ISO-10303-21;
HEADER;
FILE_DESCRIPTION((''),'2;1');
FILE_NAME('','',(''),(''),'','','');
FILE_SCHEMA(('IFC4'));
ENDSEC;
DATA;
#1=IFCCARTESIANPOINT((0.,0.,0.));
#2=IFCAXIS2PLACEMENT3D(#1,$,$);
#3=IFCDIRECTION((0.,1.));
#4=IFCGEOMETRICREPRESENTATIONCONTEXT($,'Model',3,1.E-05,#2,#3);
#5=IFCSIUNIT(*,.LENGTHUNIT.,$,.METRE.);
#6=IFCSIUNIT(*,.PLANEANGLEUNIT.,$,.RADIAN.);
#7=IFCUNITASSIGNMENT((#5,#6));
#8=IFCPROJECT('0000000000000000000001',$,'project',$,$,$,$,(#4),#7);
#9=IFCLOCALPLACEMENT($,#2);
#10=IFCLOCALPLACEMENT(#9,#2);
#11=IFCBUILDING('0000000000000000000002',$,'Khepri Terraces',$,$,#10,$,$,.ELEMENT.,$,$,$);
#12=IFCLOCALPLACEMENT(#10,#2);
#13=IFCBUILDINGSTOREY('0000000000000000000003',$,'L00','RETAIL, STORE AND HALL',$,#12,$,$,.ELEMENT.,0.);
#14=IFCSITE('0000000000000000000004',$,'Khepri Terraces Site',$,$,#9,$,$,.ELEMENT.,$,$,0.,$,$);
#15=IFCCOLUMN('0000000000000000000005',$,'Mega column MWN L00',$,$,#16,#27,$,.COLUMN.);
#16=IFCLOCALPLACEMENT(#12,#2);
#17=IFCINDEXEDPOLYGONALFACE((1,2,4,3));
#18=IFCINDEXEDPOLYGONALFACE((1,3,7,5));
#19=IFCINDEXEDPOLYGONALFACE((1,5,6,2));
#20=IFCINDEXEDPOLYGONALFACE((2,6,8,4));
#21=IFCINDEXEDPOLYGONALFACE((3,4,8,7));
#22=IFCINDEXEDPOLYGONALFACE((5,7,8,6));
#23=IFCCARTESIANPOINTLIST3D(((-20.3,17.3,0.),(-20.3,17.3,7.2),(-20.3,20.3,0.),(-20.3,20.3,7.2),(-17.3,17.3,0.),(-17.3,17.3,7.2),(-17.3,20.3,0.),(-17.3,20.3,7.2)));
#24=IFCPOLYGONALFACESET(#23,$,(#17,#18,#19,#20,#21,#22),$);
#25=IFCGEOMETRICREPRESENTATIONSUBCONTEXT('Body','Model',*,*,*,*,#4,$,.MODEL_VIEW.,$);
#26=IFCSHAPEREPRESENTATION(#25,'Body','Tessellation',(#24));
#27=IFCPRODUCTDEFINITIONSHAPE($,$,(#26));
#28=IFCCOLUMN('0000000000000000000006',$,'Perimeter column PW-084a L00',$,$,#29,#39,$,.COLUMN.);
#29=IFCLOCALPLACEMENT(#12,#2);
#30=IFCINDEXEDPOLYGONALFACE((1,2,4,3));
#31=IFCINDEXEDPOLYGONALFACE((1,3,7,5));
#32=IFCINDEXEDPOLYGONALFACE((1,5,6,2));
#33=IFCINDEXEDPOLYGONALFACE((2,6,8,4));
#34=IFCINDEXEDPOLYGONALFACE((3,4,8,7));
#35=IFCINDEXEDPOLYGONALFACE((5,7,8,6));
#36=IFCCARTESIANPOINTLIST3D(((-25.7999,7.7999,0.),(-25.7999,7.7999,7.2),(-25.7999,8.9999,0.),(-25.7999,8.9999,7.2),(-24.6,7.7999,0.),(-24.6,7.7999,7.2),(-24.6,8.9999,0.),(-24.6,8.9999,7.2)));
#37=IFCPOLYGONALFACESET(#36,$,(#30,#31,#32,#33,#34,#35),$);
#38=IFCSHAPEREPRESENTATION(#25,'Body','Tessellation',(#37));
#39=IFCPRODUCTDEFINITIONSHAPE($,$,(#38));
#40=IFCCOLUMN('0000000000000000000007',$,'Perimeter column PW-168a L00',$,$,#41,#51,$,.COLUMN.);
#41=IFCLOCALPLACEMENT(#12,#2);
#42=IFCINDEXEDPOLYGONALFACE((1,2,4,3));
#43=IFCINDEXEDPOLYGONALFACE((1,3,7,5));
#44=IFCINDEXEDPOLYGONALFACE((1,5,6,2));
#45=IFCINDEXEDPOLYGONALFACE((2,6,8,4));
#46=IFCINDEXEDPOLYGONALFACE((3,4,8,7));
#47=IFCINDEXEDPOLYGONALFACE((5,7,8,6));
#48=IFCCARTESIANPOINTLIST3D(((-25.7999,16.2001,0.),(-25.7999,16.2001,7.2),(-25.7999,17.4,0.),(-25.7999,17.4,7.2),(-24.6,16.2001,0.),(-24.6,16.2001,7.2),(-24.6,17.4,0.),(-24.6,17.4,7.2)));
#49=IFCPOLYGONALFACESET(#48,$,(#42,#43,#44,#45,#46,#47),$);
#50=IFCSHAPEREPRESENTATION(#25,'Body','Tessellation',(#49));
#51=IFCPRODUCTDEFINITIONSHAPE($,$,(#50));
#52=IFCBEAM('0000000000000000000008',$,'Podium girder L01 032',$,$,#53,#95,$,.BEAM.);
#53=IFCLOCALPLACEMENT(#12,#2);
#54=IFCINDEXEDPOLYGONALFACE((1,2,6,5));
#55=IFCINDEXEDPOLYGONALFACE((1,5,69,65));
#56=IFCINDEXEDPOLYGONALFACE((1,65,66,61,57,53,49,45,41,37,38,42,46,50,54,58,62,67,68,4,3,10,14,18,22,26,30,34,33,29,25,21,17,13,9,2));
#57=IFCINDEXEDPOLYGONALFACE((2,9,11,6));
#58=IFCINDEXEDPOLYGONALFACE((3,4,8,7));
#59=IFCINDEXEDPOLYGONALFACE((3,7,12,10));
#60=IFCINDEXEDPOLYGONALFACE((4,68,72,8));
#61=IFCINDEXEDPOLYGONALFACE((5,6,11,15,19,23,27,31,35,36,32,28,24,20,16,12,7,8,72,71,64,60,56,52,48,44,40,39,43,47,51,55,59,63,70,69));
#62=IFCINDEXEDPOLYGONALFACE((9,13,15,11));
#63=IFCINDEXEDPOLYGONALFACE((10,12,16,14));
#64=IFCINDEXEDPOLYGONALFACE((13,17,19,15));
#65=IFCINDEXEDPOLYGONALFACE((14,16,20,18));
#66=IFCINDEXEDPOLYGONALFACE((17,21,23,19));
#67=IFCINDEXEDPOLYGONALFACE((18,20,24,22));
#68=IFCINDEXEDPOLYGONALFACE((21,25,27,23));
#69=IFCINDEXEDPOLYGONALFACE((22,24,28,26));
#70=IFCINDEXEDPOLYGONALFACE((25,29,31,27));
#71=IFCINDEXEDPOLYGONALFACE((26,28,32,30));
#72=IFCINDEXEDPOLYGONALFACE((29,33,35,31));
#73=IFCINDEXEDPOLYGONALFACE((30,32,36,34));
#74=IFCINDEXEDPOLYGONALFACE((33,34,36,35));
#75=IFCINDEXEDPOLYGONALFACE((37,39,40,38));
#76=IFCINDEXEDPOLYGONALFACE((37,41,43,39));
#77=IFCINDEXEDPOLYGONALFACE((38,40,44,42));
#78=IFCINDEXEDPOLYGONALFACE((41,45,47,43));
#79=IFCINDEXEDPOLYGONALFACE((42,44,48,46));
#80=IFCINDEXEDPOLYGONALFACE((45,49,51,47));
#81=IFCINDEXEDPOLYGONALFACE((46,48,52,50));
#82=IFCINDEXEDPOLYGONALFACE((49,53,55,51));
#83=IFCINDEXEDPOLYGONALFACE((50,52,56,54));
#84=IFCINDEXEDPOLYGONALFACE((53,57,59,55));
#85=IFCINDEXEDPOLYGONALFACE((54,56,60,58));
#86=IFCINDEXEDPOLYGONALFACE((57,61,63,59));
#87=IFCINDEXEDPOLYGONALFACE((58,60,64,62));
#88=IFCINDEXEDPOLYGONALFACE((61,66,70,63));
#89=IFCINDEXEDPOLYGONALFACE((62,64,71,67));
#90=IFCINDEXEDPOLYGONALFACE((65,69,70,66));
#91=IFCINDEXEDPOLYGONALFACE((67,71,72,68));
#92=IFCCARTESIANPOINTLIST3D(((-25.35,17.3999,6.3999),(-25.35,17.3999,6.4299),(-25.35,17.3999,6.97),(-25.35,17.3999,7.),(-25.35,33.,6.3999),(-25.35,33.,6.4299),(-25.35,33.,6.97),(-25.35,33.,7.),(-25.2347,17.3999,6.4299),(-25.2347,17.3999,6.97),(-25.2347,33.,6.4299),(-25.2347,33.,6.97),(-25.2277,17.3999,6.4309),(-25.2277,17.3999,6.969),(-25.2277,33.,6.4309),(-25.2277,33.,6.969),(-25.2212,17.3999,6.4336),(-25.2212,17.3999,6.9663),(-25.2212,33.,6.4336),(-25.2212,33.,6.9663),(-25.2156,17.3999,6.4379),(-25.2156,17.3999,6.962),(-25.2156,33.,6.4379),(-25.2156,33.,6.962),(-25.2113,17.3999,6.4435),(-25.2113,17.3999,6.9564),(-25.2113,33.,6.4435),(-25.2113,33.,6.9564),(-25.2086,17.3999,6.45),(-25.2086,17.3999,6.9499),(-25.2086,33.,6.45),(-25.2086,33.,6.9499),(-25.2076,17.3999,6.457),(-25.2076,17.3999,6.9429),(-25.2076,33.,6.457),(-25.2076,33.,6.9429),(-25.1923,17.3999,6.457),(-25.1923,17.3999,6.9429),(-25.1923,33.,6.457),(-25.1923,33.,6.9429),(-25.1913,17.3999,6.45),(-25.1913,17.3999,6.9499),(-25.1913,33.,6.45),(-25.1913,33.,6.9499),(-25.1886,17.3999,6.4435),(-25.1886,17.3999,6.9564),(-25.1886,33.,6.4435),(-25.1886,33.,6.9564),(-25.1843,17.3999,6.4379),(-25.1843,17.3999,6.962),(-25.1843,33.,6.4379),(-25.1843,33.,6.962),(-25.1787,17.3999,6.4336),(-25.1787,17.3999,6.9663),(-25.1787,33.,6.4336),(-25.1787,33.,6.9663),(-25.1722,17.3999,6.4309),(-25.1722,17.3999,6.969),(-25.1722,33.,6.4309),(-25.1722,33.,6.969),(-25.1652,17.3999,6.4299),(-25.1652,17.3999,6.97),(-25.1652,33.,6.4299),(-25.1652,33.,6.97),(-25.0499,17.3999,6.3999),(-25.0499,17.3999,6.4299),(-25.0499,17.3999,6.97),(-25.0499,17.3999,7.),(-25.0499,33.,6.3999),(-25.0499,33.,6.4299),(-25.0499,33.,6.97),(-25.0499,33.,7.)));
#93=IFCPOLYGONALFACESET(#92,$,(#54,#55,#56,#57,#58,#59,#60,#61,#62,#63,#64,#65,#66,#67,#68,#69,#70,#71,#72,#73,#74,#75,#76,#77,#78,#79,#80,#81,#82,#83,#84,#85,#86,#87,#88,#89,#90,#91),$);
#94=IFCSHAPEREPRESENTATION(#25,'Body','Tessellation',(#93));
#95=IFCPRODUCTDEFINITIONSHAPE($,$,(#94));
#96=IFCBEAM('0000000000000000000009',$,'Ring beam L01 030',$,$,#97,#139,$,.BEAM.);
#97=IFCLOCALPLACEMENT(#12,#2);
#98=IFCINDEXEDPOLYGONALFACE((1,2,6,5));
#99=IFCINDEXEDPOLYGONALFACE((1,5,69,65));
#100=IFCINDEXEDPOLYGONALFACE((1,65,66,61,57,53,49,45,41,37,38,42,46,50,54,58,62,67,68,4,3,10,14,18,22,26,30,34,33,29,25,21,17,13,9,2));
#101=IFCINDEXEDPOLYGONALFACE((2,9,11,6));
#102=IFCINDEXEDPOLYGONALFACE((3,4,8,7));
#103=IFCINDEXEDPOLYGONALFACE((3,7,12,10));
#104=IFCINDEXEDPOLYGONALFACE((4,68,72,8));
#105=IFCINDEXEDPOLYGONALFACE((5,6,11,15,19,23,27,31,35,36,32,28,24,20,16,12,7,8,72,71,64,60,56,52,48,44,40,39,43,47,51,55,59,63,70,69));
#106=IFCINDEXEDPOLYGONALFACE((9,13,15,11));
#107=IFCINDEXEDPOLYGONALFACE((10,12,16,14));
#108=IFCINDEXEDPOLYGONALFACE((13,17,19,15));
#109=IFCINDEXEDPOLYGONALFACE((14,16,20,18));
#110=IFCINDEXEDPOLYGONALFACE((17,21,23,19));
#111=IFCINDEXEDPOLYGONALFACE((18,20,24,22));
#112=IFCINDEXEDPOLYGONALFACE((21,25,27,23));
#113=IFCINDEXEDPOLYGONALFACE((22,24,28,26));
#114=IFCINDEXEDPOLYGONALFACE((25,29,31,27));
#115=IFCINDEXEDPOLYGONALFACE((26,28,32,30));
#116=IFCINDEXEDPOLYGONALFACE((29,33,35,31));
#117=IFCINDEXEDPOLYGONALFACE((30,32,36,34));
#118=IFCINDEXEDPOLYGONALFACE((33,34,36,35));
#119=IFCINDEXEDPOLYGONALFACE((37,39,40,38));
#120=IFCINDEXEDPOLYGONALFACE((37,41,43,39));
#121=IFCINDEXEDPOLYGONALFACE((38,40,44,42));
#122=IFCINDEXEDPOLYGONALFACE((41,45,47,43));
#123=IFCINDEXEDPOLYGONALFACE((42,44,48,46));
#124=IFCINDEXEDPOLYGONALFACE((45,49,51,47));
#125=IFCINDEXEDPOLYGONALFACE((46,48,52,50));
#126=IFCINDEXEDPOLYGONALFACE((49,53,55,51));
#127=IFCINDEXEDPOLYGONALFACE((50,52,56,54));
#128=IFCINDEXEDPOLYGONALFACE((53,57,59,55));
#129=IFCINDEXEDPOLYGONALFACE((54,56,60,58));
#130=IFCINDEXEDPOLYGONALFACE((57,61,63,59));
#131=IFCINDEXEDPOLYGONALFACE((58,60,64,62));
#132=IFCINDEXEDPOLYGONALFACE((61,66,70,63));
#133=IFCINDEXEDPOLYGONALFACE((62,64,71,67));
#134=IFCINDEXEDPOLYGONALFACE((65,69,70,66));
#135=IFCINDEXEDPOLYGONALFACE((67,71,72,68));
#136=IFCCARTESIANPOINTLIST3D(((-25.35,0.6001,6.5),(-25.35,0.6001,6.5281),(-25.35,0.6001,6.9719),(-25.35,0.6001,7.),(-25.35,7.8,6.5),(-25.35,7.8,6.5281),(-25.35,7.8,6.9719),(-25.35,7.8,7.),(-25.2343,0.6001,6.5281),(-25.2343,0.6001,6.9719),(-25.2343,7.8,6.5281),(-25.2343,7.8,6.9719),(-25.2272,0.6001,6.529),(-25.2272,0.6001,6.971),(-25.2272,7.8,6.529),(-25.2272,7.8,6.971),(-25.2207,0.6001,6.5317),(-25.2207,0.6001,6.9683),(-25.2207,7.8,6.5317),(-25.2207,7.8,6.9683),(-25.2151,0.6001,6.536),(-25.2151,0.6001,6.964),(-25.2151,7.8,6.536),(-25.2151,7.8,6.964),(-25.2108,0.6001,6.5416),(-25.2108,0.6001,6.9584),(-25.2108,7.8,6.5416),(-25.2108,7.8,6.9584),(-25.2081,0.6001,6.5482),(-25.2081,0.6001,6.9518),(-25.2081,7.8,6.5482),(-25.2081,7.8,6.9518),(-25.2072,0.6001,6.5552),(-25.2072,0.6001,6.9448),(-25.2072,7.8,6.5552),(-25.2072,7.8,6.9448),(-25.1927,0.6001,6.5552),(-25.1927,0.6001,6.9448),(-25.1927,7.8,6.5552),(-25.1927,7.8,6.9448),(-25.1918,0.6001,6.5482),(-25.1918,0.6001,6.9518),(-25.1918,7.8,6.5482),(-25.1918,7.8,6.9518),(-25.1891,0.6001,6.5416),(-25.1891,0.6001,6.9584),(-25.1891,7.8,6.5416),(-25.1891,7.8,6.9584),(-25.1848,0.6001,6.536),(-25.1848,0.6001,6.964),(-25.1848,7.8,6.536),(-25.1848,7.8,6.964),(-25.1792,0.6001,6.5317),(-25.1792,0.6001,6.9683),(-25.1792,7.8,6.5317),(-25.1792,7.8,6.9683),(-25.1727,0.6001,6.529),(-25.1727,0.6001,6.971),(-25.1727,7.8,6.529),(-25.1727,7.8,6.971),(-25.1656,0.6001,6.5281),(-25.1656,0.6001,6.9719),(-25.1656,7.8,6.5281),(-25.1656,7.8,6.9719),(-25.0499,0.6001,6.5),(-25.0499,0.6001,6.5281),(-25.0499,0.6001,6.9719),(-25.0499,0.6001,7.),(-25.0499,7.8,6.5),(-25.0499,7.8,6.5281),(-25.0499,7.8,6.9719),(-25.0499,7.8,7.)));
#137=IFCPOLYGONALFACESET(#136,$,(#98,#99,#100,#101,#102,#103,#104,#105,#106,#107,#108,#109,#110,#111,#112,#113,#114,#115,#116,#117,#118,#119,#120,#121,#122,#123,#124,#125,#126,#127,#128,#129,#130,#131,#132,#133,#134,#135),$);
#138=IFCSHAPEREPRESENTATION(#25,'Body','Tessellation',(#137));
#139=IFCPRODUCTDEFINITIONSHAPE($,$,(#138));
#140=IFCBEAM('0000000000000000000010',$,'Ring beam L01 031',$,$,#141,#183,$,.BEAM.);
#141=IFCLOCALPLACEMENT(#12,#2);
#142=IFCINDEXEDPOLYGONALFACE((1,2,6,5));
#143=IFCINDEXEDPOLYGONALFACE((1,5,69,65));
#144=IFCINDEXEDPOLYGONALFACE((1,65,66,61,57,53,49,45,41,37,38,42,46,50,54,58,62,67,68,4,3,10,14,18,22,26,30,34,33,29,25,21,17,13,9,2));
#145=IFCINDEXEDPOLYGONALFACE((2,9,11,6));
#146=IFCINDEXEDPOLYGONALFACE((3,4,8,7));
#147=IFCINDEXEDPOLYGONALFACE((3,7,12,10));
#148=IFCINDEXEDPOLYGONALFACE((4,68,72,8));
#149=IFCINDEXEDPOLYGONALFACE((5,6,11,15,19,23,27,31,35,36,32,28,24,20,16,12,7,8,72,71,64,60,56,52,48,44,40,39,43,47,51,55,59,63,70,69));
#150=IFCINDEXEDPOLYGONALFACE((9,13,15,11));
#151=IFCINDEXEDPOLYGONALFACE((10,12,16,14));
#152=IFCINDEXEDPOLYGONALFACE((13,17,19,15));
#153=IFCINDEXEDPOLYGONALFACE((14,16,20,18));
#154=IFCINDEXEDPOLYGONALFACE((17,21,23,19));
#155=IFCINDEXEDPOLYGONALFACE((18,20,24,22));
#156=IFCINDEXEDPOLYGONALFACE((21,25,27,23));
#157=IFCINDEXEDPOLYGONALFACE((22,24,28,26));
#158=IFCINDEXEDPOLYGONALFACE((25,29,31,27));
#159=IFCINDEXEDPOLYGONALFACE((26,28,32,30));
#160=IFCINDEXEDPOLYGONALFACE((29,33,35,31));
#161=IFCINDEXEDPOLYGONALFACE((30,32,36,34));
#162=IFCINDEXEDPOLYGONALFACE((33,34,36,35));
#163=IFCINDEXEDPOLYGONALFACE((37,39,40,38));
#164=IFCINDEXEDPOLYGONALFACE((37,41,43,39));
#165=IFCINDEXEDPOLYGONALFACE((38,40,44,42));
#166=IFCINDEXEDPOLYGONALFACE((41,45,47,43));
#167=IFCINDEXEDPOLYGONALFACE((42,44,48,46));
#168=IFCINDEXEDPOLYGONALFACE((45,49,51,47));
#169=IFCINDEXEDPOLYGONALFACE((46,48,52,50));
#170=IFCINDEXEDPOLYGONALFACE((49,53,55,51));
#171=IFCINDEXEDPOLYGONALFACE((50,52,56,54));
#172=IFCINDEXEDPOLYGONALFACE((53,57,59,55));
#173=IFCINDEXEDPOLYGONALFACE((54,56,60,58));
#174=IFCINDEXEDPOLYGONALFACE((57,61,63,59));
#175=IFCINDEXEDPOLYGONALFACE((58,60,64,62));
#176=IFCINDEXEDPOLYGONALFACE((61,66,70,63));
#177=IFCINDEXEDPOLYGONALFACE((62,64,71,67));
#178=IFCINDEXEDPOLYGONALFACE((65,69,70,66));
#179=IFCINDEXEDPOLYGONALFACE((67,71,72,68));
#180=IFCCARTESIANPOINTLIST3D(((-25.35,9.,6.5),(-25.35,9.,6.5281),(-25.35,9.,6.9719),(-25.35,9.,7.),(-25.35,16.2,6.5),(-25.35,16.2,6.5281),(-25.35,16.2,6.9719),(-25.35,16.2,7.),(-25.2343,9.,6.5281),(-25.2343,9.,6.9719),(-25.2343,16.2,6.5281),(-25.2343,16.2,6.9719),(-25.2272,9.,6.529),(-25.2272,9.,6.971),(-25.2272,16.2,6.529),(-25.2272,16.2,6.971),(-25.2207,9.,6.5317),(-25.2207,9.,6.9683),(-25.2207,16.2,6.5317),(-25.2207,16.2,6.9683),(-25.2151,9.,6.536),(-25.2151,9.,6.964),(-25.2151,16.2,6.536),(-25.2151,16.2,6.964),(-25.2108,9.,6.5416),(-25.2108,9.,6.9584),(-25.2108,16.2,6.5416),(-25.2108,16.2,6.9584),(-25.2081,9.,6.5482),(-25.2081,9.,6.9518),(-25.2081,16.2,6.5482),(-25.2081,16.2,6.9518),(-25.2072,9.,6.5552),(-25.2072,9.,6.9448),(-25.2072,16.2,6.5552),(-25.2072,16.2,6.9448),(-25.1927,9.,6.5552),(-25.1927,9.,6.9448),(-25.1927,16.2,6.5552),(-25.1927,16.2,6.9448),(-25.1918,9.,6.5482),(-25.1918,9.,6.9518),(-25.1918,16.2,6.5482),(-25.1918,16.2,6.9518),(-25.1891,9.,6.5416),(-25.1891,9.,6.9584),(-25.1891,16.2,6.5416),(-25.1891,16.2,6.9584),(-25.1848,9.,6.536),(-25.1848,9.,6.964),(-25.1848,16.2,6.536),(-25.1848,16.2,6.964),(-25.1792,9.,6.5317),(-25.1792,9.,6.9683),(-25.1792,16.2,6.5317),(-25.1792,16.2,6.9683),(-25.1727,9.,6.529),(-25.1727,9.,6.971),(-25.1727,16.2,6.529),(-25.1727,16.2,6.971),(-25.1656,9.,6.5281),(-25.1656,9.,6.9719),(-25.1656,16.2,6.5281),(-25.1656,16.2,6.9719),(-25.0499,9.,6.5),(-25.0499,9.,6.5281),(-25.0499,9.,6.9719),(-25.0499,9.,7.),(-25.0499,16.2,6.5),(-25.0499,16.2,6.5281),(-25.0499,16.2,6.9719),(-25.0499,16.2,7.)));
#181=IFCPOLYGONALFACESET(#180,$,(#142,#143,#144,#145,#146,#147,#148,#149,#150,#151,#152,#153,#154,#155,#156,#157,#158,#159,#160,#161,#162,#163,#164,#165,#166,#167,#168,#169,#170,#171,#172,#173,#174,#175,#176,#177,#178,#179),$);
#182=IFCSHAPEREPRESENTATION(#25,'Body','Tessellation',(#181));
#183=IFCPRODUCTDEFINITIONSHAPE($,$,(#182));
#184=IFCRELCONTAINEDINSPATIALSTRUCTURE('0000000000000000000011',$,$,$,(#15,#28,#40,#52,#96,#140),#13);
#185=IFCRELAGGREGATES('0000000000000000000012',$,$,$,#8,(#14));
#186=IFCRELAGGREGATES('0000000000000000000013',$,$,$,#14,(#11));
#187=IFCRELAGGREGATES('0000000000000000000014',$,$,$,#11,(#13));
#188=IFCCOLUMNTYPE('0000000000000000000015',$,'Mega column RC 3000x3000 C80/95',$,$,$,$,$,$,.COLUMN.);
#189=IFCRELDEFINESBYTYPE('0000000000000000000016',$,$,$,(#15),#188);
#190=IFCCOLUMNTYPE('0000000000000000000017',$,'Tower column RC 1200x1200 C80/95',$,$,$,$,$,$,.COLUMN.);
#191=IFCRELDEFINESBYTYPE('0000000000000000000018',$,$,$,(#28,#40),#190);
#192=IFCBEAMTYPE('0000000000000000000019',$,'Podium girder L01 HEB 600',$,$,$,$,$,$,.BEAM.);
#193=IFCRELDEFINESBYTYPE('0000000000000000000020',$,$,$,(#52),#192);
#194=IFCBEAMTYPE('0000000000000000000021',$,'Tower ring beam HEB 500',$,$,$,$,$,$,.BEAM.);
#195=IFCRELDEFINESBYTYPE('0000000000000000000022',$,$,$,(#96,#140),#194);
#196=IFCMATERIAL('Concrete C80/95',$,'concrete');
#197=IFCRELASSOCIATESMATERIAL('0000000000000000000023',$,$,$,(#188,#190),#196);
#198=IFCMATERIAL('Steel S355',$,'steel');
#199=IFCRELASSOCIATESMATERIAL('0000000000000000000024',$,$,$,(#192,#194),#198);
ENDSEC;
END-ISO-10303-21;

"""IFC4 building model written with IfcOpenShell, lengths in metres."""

from ifc_helpers import new_model, si_unit, direction, frame, origin, origin_2d, place, context, subcontext, project, spatial, rectangle, i_section, extrude, material, material_profile, profile_set, type_object, element, save


model = new_model("IFC4")

# Units and contexts
model_context = context("Model", 3, precision=1e-05, world=origin(), true_north=direction((0.0, 1.0)))
body_context = subcontext(model_context, "Body", "Model", "MODEL_VIEW")
ifc_project = project(units=[si_unit("LENGTHUNIT", "METRE"), si_unit("PLANEANGLEUNIT", "RADIAN")], contexts=[model_context])

# Site, building, storey
site_placement = place(None, origin())
site = spatial("IfcSite", under=ifc_project, at=site_placement, Name="Khepri Terraces Site", CompositionType="ELEMENT", RefElevation=0.0)
building_placement = place(site_placement, origin())
building = spatial("IfcBuilding", under=site, at=building_placement, Name="Khepri Terraces", CompositionType="ELEMENT")
storey_placement = place(building_placement, origin())
storey = spatial("IfcBuildingStorey", under=building, at=storey_placement, Name="L00", Description="RETAIL, STORE AND HALL", CompositionType="ELEMENT", Elevation=0.0)

# Columns
ifc_material_1 = material(Name="Concrete C80/95", Category="concrete")
ifc_material_profile_1 = material_profile(ifc_material_1, rectangle(XDim=3.0, YDim=3.0, at=origin_2d()), Name="Concrete C80/95", Category="concrete")
ifc_profile_set_1 = profile_set([ifc_material_profile_1], Name="Concrete C80/95")
column_type_1 = type_object("IfcColumnType", Name="Mega column RC 3000x3000 C80/95", PredefinedType="COLUMN", material=ifc_profile_set_1)
column_placement = place(storey_placement, frame((-18.8, 18.8, 0.0), z_axis=(0.0, 0.0, 1.0), x_axis=(1.0, 0.0, 0.0)))
element("IfcColumn", 1, at=column_placement, inside=storey, type_object=column_type_1, Name="Mega column MWN L00", PredefinedType="COLUMN", context=body_context, shape_type="SweptSolid", body=[
    extrude(rectangle(XDim=3.0, YDim=3.0, at=origin_2d()), origin(), (0.0, 0.0, 1.0), 7.2),
])
ifc_material_profile_2 = material_profile(ifc_material_1, rectangle(XDim=1.2, YDim=1.2, at=origin_2d()), Name="Concrete C80/95", Category="concrete")
ifc_profile_set_2 = profile_set([ifc_material_profile_2], Name="Concrete C80/95")
column_type_2 = type_object("IfcColumnType", Name="Tower column RC 1200x1200 C80/95", PredefinedType="COLUMN", material=ifc_profile_set_2)
for number, where, z_axis, x_axis, name in (
    (2, (-25.2, 8.3999, 0.0), (0.0, 0.0, 1.0), (1.0, 0.0, 0.0), "Perimeter column PW-084a L00"),
    (3, (-25.2, 16.8, 0.0), (0.0, 0.0, 1.0), (1.0, 0.0, 0.0), "Perimeter column PW-168a L00"),
):
    element("IfcColumn", number, at=place(storey_placement, frame(where, z_axis=z_axis, x_axis=x_axis)), inside=storey, type_object=column_type_2, Name=name, PredefinedType="COLUMN", context=body_context, shape_type="SweptSolid", body=[
        extrude(rectangle(XDim=1.2, YDim=1.2, at=origin_2d()), origin(), (0.0, 0.0, 1.0), 7.2),
    ])

# Beams
ifc_material_2 = material(Name="Steel S355", Category="steel")
ifc_material_profile_3 = material_profile(ifc_material_2, i_section(OverallWidth=0.3, OverallDepth=0.6001, WebThickness=0.0154, FlangeThickness=0.03, FilletRadius=0.0271, at=origin_2d()), Name="Steel S355", Category="steel")
ifc_profile_set_3 = profile_set([ifc_material_profile_3], Name="Steel S355")
beam_type_1 = type_object("IfcBeamType", Name="Podium girder L01 HEB 600", PredefinedType="BEAM", material=ifc_profile_set_3)
beam_placement = place(storey_placement, frame((-25.2, 17.3999, 6.7), z_axis=(0.0, 1.0, 0.0), x_axis=(-1.0, 0.0, 0.0)))
element("IfcBeam", 4, at=beam_placement, inside=storey, type_object=beam_type_1, Name="Podium girder L01 032", PredefinedType="BEAM", context=body_context, shape_type="SweptSolid", body=[
    extrude(i_section(OverallWidth=0.3, OverallDepth=0.6001, WebThickness=0.0154, FlangeThickness=0.03, FilletRadius=0.0271, at=origin_2d()), origin(), (0.0, 0.0, 1.0), 15.6001),
])
ifc_material_profile_4 = material_profile(ifc_material_2, i_section(OverallWidth=0.3, OverallDepth=0.5, WebThickness=0.0144, FlangeThickness=0.0281, FilletRadius=0.0271, at=origin_2d()), Name="Steel S355", Category="steel")
ifc_profile_set_4 = profile_set([ifc_material_profile_4], Name="Steel S355")
beam_type_2 = type_object("IfcBeamType", Name="Tower ring beam HEB 500", PredefinedType="BEAM", material=ifc_profile_set_4)
for number, where, z_axis, x_axis, name in (
    (5, (-25.2, 0.6001, 6.75), (0.0, 1.0, 0.0), (-1.0, 0.0, 0.0), "Ring beam L01 030"),
    (6, (-25.2, 9.0, 6.75), (0.0, 1.0, 0.0), (-1.0, 0.0, 0.0), "Ring beam L01 031"),
):
    element("IfcBeam", number, at=place(storey_placement, frame(where, z_axis=z_axis, x_axis=x_axis)), inside=storey, type_object=beam_type_2, Name=name, PredefinedType="BEAM", context=body_context, shape_type="SweptSolid", body=[
        extrude(i_section(OverallWidth=0.3, OverallDepth=0.5, WebThickness=0.0144, FlangeThickness=0.0281, FilletRadius=0.0271, at=origin_2d()), origin(), (0.0, 0.0, 1.0), 7.2),
    ])

save(model, "model.ifc")
